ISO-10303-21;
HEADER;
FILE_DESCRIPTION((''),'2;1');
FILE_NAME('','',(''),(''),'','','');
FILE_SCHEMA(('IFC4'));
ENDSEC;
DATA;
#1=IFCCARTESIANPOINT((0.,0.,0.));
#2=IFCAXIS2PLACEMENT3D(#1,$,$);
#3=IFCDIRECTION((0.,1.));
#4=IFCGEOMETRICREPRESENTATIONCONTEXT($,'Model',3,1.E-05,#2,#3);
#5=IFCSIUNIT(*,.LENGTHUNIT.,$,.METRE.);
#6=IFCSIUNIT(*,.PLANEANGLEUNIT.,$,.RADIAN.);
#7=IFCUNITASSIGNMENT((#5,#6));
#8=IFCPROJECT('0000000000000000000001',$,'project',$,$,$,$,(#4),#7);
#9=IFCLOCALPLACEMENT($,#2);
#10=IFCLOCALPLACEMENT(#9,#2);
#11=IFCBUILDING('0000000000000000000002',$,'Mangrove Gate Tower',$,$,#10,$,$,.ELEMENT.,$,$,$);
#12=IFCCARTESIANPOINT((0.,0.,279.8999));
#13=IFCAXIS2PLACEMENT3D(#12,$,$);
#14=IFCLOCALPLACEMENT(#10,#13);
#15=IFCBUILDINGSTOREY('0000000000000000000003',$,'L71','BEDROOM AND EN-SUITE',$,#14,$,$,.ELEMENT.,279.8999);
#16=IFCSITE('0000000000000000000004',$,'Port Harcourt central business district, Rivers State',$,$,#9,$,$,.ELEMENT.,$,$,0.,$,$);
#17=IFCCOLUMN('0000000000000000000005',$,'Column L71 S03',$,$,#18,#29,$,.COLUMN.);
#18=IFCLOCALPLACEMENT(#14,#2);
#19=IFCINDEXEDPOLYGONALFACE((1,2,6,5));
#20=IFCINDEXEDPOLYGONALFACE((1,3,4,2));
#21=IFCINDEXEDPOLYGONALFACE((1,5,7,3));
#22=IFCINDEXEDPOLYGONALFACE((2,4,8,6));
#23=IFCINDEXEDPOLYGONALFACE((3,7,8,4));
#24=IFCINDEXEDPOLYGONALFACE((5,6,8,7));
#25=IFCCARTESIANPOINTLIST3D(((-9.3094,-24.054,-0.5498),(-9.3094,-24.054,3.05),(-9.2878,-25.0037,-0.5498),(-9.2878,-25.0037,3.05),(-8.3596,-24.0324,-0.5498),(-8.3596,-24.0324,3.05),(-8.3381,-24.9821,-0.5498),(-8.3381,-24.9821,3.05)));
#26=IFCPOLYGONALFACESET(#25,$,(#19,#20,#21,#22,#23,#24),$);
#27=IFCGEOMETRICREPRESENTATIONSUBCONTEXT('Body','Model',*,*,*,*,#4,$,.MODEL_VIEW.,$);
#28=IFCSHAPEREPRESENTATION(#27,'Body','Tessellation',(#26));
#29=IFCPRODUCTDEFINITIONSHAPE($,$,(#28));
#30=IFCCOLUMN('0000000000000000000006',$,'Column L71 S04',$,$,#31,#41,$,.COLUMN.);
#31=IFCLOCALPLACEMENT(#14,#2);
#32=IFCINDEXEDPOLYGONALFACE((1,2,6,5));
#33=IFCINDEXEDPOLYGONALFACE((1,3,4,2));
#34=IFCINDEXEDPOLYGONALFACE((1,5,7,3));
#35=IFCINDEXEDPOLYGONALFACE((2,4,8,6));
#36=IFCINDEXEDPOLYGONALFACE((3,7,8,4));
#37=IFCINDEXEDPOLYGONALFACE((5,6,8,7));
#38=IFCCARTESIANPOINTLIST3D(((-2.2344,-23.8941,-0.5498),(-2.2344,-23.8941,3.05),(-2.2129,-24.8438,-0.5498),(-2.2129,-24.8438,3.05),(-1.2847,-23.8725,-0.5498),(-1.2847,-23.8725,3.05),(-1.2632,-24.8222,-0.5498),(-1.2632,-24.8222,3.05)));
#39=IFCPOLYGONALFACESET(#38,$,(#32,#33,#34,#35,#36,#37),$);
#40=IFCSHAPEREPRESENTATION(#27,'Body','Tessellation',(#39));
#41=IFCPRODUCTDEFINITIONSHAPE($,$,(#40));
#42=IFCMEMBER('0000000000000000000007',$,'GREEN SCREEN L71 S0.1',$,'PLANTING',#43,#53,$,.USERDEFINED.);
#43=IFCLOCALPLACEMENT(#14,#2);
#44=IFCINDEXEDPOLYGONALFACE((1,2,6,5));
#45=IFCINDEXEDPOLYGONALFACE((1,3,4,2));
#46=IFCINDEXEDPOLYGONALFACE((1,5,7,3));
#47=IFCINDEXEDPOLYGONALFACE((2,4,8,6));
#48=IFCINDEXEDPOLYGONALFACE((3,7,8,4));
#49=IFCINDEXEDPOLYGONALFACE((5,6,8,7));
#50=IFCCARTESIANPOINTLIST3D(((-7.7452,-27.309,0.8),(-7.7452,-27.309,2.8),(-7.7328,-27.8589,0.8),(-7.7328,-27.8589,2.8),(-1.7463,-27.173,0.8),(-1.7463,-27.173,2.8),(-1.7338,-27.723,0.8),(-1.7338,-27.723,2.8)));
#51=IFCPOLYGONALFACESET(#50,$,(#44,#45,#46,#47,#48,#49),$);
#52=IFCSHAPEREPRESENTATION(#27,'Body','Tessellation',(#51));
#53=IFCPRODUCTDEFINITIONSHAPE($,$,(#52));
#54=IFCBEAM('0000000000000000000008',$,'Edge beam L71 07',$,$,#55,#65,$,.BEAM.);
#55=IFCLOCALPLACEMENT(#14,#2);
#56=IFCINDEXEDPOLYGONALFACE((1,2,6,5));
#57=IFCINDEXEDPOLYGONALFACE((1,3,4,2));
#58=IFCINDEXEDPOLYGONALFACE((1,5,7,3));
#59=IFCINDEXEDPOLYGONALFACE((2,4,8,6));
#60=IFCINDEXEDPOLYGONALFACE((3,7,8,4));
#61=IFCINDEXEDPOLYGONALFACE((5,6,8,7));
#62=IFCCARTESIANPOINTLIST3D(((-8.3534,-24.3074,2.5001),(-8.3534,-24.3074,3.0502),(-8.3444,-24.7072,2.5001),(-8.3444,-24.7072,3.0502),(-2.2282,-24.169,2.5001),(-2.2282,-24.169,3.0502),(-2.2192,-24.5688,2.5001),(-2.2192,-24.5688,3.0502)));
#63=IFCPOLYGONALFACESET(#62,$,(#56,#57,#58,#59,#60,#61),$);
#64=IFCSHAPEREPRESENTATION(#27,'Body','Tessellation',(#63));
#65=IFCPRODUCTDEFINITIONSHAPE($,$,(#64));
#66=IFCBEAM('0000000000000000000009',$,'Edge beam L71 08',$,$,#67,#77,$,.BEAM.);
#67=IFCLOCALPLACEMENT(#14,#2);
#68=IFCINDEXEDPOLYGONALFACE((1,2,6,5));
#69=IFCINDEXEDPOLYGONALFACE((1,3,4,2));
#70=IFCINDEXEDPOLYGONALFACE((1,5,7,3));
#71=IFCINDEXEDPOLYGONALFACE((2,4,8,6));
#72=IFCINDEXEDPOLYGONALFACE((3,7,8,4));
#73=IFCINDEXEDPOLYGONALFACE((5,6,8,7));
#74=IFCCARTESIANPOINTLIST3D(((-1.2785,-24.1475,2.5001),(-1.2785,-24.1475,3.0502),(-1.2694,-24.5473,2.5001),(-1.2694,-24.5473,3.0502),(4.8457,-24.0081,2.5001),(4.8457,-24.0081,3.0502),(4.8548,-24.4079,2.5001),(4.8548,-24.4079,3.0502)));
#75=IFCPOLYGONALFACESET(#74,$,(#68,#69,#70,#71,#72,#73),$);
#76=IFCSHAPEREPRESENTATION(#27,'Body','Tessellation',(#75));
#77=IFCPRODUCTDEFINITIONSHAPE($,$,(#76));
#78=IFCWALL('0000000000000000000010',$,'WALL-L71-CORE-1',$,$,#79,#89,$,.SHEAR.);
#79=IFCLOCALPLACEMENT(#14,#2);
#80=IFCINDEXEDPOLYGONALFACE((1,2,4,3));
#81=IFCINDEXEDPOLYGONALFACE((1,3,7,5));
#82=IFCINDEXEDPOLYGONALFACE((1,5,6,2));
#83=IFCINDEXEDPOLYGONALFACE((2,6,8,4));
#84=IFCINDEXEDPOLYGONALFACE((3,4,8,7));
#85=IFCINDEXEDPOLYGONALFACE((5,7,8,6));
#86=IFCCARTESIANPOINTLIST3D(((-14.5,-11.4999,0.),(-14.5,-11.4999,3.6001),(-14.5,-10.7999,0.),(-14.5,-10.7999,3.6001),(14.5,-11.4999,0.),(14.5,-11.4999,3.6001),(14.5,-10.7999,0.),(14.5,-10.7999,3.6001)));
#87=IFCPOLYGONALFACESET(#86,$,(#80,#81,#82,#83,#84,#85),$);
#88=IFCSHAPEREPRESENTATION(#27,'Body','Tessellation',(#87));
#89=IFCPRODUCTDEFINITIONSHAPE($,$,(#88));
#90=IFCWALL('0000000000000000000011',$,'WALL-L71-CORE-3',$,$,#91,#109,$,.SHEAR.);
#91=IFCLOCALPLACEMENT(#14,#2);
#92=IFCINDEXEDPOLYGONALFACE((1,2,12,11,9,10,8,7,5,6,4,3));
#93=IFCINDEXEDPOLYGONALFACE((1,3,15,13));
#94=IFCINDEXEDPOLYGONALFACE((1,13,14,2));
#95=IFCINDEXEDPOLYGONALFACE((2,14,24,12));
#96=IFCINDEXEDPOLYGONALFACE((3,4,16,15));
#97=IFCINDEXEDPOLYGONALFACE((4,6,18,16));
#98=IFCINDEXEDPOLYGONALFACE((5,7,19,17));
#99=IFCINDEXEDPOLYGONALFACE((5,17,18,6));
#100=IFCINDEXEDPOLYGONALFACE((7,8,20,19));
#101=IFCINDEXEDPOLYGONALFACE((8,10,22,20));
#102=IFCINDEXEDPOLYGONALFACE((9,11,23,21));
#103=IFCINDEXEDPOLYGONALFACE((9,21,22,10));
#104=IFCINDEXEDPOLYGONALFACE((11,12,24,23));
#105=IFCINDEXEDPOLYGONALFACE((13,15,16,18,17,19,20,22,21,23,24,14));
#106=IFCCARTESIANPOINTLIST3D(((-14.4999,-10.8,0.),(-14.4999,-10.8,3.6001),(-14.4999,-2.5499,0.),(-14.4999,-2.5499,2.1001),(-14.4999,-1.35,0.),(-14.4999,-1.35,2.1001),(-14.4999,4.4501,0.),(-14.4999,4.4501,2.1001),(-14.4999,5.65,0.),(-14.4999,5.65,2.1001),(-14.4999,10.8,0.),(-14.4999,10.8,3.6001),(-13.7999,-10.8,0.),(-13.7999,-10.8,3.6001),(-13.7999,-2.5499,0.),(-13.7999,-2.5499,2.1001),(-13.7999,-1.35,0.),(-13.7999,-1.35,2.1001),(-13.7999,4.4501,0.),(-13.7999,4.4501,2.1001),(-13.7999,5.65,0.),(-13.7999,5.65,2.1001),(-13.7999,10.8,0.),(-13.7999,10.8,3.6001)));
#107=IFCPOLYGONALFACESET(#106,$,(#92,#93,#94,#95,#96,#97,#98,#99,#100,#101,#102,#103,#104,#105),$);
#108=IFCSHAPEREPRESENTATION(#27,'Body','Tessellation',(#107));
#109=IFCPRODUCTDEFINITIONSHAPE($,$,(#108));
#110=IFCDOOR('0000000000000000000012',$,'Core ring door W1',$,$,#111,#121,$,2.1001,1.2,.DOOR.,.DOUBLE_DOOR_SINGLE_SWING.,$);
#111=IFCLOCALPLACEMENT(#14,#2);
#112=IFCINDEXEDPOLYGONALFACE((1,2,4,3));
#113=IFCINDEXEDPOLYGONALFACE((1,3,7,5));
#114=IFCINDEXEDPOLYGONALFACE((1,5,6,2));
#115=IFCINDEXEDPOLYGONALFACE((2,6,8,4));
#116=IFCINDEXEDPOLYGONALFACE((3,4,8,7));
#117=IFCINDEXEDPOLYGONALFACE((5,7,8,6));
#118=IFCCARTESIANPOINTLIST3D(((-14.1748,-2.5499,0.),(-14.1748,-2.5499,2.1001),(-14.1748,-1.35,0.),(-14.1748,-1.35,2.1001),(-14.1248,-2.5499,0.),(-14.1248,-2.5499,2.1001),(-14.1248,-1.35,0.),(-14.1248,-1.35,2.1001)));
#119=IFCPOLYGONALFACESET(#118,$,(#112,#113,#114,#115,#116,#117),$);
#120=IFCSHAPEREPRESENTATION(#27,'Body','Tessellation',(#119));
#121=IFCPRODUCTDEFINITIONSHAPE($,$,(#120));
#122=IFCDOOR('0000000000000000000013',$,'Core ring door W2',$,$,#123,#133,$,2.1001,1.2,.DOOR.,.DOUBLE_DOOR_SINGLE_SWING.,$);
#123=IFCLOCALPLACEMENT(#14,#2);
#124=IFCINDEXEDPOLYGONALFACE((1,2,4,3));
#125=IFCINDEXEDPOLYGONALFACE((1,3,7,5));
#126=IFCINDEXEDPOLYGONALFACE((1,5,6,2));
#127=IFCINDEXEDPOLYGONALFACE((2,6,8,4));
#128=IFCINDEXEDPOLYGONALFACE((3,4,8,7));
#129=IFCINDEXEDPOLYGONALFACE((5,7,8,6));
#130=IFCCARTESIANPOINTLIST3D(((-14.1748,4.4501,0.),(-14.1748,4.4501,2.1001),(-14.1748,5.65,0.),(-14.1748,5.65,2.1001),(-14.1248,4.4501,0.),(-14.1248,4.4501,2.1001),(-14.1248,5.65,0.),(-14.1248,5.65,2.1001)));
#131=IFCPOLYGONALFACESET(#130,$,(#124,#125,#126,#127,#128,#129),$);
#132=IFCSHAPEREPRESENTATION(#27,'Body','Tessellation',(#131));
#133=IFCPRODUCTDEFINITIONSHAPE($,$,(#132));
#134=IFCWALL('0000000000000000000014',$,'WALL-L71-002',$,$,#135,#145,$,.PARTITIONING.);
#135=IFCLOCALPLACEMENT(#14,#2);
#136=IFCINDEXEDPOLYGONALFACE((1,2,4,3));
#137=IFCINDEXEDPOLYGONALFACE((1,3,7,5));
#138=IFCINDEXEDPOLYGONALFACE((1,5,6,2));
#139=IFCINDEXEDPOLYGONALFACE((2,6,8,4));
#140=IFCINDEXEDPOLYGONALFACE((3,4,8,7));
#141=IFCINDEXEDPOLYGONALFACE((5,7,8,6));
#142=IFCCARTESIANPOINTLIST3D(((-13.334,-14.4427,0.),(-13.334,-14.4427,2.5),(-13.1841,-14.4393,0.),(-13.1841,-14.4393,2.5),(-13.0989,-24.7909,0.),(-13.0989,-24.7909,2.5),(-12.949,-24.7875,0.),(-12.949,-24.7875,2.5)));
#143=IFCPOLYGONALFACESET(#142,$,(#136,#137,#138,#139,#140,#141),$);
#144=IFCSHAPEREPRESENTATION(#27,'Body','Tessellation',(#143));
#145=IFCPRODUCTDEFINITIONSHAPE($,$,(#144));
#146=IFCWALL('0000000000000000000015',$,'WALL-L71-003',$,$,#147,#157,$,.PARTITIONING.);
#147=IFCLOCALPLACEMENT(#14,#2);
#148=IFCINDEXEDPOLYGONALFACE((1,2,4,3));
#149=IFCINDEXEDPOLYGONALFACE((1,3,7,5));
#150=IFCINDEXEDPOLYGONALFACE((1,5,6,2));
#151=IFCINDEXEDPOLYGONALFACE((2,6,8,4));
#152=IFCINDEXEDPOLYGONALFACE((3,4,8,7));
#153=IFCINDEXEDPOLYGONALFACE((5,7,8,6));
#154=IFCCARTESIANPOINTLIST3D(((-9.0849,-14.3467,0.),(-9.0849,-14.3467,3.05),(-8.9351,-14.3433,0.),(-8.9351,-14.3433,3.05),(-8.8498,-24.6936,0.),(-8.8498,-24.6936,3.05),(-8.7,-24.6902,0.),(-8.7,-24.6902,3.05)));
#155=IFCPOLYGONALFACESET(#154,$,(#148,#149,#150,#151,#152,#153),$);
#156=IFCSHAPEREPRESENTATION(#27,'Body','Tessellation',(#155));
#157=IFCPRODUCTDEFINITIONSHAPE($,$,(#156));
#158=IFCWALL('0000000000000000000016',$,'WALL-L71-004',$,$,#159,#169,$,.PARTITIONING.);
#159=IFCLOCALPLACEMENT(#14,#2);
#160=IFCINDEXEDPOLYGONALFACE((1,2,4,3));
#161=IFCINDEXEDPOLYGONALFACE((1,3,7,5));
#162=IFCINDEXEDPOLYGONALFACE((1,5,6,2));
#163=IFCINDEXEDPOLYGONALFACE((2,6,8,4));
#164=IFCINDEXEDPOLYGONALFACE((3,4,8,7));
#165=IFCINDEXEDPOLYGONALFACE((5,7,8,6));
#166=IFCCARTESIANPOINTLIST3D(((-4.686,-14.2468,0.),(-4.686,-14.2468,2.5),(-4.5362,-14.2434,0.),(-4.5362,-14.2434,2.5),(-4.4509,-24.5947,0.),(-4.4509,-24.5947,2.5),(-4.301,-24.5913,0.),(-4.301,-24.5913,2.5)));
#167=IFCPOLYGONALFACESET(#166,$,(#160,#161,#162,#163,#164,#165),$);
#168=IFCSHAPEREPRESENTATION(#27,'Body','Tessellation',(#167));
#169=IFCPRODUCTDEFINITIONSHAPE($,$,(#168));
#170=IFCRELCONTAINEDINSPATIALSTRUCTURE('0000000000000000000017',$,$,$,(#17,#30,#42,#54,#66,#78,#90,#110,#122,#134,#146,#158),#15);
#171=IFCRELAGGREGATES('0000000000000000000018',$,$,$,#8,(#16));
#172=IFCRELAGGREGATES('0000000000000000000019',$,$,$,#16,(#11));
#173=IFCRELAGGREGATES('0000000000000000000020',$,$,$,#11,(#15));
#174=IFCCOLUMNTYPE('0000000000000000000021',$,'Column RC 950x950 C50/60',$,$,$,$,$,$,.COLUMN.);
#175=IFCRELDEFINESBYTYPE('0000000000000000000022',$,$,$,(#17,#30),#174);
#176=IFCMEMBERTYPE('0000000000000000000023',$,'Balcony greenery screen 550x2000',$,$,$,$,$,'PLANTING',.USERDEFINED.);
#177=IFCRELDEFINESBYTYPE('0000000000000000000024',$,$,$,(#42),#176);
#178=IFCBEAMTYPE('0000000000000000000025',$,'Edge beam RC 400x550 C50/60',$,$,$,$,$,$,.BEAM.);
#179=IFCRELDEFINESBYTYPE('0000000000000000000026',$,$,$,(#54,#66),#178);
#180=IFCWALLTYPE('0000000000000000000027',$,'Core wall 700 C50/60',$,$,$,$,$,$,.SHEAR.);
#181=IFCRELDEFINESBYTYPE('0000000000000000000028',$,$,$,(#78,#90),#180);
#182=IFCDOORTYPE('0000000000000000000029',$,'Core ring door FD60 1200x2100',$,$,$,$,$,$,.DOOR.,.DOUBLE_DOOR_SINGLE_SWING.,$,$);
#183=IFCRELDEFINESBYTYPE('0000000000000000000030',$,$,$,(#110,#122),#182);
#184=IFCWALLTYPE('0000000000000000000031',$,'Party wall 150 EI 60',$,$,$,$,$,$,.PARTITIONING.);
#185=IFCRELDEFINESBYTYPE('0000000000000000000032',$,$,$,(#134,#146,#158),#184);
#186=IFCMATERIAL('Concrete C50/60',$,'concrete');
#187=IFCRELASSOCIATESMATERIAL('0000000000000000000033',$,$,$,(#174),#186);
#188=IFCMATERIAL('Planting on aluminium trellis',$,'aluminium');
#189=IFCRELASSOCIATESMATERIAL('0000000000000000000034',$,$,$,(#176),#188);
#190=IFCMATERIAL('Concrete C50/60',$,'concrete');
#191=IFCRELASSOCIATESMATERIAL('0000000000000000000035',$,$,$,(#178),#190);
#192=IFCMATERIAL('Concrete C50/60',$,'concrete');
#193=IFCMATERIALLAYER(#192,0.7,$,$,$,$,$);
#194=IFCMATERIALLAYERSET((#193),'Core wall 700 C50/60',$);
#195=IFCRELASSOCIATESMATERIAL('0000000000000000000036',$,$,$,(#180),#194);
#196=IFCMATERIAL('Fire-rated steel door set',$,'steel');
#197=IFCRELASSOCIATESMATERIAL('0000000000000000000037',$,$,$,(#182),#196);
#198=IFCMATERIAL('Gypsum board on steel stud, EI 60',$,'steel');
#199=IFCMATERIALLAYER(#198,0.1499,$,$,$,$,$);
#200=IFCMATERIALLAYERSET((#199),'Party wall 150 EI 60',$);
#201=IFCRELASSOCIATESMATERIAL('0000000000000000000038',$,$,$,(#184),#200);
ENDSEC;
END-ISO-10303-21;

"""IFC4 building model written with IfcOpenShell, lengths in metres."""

from ifc_helpers import new_model, si_unit, direction, frame, frame_2d, origin, origin_2d, place, context, subcontext, project, spatial, rectangle, extrude, material, layer, layer_set, material_profile, profile_set, type_object, element, fill, save


model = new_model("IFC4")

# Units and contexts
model_context = context("Model", 3, precision=1e-05, world=origin(), true_north=direction((0.0, 1.0)))
body_context = subcontext(model_context, "Body", "Model", "MODEL_VIEW")
ifc_project = project(units=[si_unit("LENGTHUNIT", "METRE"), si_unit("PLANEANGLEUNIT", "RADIAN")], contexts=[model_context])

# Site, building, storey
site_placement = place(None, origin())
site = spatial("IfcSite", under=ifc_project, at=site_placement, Name="Port Harcourt central business district, Rivers State", CompositionType="ELEMENT", RefElevation=0.0)
building_placement = place(site_placement, origin())
building = spatial("IfcBuilding", under=site, at=building_placement, Name="Mangrove Gate Tower", CompositionType="ELEMENT")
storey_placement = place(building_placement, frame((0.0, 0.0, 279.8999)))
storey = spatial("IfcBuildingStorey", under=building, at=storey_placement, Name="L71", Description="BEDROOM AND EN-SUITE", CompositionType="ELEMENT", Elevation=279.8999)

# Columns
ifc_material_1 = material(Name="Concrete C50/60", Category="concrete")
ifc_material_profile_1 = material_profile(ifc_material_1, rectangle(XDim=0.95, YDim=0.95, at=origin_2d()))
ifc_profile_set_1 = profile_set([ifc_material_profile_1], Name="Concrete C50/60")
column_type = type_object("IfcColumnType", Name="Column RC 950x950 C50/60", PredefinedType="COLUMN", material=ifc_profile_set_1)
for number, where, z_axis, x_axis, name in (
    (1, (-8.8237, -24.5181, -0.5498), (0.0, 0.0, 1.0), (0.999743, 0.02268, 0.0), "Column L71 S03"),
    (2, (-1.7488, -24.3582, -0.5498), (0.0, 0.0, 1.0), (0.999743, 0.022681, 0.0), "Column L71 S04"),
):
    element("IfcColumn", number, at=place(storey_placement, frame(where, z_axis=z_axis, x_axis=x_axis)), inside=storey, type_object=column_type, Name=name, PredefinedType="COLUMN", context=body_context, shape_type="SweptSolid", body=[
        extrude(rectangle(XDim=0.95, YDim=0.95, at=origin_2d()), origin(), (0.0, 0.0, 1.0), 3.5999),
    ])

# Member
ifc_material_2 = material(Name="Planting on aluminium trellis", Category="aluminium")
ifc_material_profile_2 = material_profile(ifc_material_2, rectangle(XDim=0.55, YDim=2.0, at=origin_2d()))
ifc_profile_set_2 = profile_set([ifc_material_profile_2], Name="Planting on aluminium trellis")
member_type = type_object("IfcMemberType", Name="Balcony greenery screen 550x2000", ElementType="PLANTING", PredefinedType="USERDEFINED", material=ifc_profile_set_2)
member_placement = place(storey_placement, frame((-7.739, -27.584, 1.8), z_axis=(0.999743, 0.022662, 0.0), x_axis=(-0.022662, 0.999743, 0.0)))
element("IfcMember", 3, at=member_placement, inside=storey, type_object=member_type, Name="GREEN SCREEN L71 S0.1", ObjectType="PLANTING", PredefinedType="USERDEFINED", context=body_context, shape_type="SweptSolid", body=[
    extrude(rectangle(XDim=0.55, YDim=2.0, at=origin_2d()), origin(), (0.0, 0.0, 1.0), 6.0005),
])

# Beams
ifc_material_3 = material(Name="Concrete C50/60", Category="concrete")
ifc_material_profile_3 = material_profile(ifc_material_3, rectangle(XDim=0.3999, YDim=0.55, at=origin_2d()))
ifc_profile_set_3 = profile_set([ifc_material_profile_3], Name="Concrete C50/60")
beam_type = type_object("IfcBeamType", Name="Edge beam RC 400x550 C50/60", PredefinedType="BEAM", material=ifc_profile_set_3)
beam_1_placement = place(storey_placement, frame((-8.3489, -24.5073, 2.7751), z_axis=(0.999745, 0.022594, 0.0), x_axis=(-0.022594, 0.999745, 0.0)))
element("IfcBeam", 4, at=beam_1_placement, inside=storey, type_object=beam_type, Name="Edge beam L71 07", PredefinedType="BEAM", context=body_context, shape_type="SweptSolid", body=[
    extrude(rectangle(XDim=0.3999, YDim=0.55, at=origin_2d()), origin(), (0.0, 0.0, 1.0), 6.1267),
])
beam_2_placement = place(storey_placement, frame((-1.2739, -24.3474, 2.7751), z_axis=(0.999741, 0.022757, 0.0), x_axis=(-0.022757, 0.999741, 0.0)))
element("IfcBeam", 5, at=beam_2_placement, inside=storey, type_object=beam_type, Name="Edge beam L71 08", PredefinedType="BEAM", context=body_context, shape_type="SweptSolid", body=[
    extrude(rectangle(XDim=0.3999, YDim=0.55, at=origin_2d()), origin(), (0.0, 0.0, 1.0), 6.1257),
])

# Wall
ifc_material_4 = material(Name="Concrete C50/60", Category="concrete")
ifc_layer_1 = layer(ifc_material_4, 0.7)
ifc_layer_set_1 = layer_set([ifc_layer_1], Name="Core wall 700 C50/60")
wall_type_1 = type_object("IfcWallType", Name="Core wall 700 C50/60", PredefinedType="SHEAR", material=ifc_layer_set_1)
wall_1_placement = place(storey_placement, frame((-14.5, -11.1499, 0.0), z_axis=(0.0, 0.0, 1.0), x_axis=(1.0, 0.0, 0.0)))
element("IfcWall", 6, at=wall_1_placement, inside=storey, type_object=wall_type_1, Name="WALL-L71-CORE-1", PredefinedType="SHEAR", context=body_context, shape_type="SweptSolid", body=[
    extrude(rectangle(XDim=29.0, YDim=0.7, at=frame_2d((14.5, 0.0))), origin(), (0.0, 0.0, 1.0), 3.6001),
])

# Wall, openings, doors
wall_2_placement = place(storey_placement, frame((-14.1499, -10.8, 0.0), z_axis=(0.0, 0.0, 1.0), x_axis=(0.0, 1.0, 0.0)))
wall_2 = element("IfcWall", 7, at=wall_2_placement, inside=storey, type_object=wall_type_1, Name="WALL-L71-CORE-3", PredefinedType="SHEAR", context=body_context, shape_type="SweptSolid", body=[
    extrude(rectangle(XDim=21.6001, YDim=0.7, at=frame_2d((10.8, 0.0))), origin(), (0.0, 0.0, 1.0), 3.6001),
])
opening_1_placement = place(wall_2_placement, frame((8.25, 0.0, 0.0)))
opening_1 = element("IfcOpeningElement", 8, at=opening_1_placement, cuts=wall_2, PredefinedType="OPENING", context=body_context, shape_type="SweptSolid", body=[
    extrude(rectangle(XDim=1.2, YDim=2.1001, at=frame_2d((0.6001, 1.05))), frame((0.0, 0.3599, 0.0), z_axis=(0.0, -1.0, 0.0), x_axis=(1.0, 0.0, 0.0)), (0.0, 0.0, 1.0), 0.72),
])
opening_2_placement = place(wall_2_placement, frame((15.25, 0.0, 0.0)))
opening_2 = element("IfcOpeningElement", 9, at=opening_2_placement, cuts=wall_2, PredefinedType="OPENING", context=body_context, shape_type="SweptSolid", body=[
    extrude(rectangle(XDim=1.2, YDim=2.1001, at=frame_2d((0.6001, 1.05))), frame((0.0, 0.3599, 0.0), z_axis=(0.0, -1.0, 0.0), x_axis=(1.0, 0.0, 0.0)), (0.0, 0.0, 1.0), 0.72),
])
ifc_material_5 = material(Name="Fire-rated steel door set", Category="steel")
door_type_1 = type_object("IfcDoorType", Name="Core ring door FD60 1200x2100", OperationType="DOUBLE_DOOR_SINGLE_SWING", PredefinedType="DOOR", material=ifc_material_5)
door_1_placement = place(opening_1_placement, origin())
door_1 = element("IfcDoor", 10, at=door_1_placement, inside=storey, type_object=door_type_1, Name="Core ring door W1", OperationType="DOUBLE_DOOR_SINGLE_SWING", OverallHeight=2.1001, OverallWidth=1.2, PredefinedType="DOOR", context=body_context, shape_type="SweptSolid", body=[
    extrude(rectangle(XDim=1.2, YDim=2.1001, at=frame_2d((0.6001, 1.05))), frame((0.0, 0.0249, 0.0), z_axis=(0.0, -1.0, 0.0), x_axis=(1.0, 0.0, 0.0)), (0.0, 0.0, 1.0), 0.05),
])
fill(opening_1, door_1)
door_2_placement = place(opening_2_placement, origin())
door_2 = element("IfcDoor", 11, at=door_2_placement, inside=storey, type_object=door_type_1, Name="Core ring door W2", OperationType="DOUBLE_DOOR_SINGLE_SWING", OverallHeight=2.1001, OverallWidth=1.2, PredefinedType="DOOR", context=body_context, shape_type="SweptSolid", body=[
    extrude(rectangle(XDim=1.2, YDim=2.1001, at=frame_2d((0.6001, 1.05))), frame((0.0, 0.0249, 0.0), z_axis=(0.0, -1.0, 0.0), x_axis=(1.0, 0.0, 0.0)), (0.0, 0.0, 1.0), 0.05),
])
fill(opening_2, door_2)

# Walls
ifc_material_6 = material(Name="Gypsum board on steel stud, EI 60", Category="steel")
ifc_layer_2 = layer(ifc_material_6, 0.1499)
ifc_layer_set_2 = layer_set([ifc_layer_2], Name="Party wall 150 EI 60")
wall_type_2 = type_object("IfcWallType", Name="Party wall 150 EI 60", PredefinedType="PARTITIONING", material=ifc_layer_set_2)
wall_3_placement = place(storey_placement, frame((-13.0239, -24.7891, 0.0), z_axis=(0.0, 0.0, 1.0), x_axis=(-0.022714, 0.999742, 0.0)))
element("IfcWall", 12, at=wall_3_placement, inside=storey, type_object=wall_type_2, Name="WALL-L71-002", PredefinedType="PARTITIONING", context=body_context, shape_type="SweptSolid", body=[
    extrude(rectangle(XDim=10.3508, YDim=0.1499, at=frame_2d((5.1753, 0.0))), origin(), (0.0, 0.0, 1.0), 2.5),
])
wall_4_placement = place(storey_placement, frame((-8.7749, -24.6919, 0.0), z_axis=(0.0, 0.0, 1.0), x_axis=(-0.022717, 0.999742, 0.0)))
element("IfcWall", 13, at=wall_4_placement, inside=storey, type_object=wall_type_2, Name="WALL-L71-003", PredefinedType="PARTITIONING", context=body_context, shape_type="SweptSolid", body=[
    extrude(rectangle(XDim=10.3496, YDim=0.1499, at=frame_2d((5.1748, 0.0))), origin(), (0.0, 0.0, 1.0), 3.05),
])
wall_5_placement = place(storey_placement, frame((-4.376, -24.593, 0.0), z_axis=(0.0, 0.0, 1.0), x_axis=(-0.022714, 0.999742, 0.0)))
element("IfcWall", 14, at=wall_5_placement, inside=storey, type_object=wall_type_2, Name="WALL-L71-004", PredefinedType="PARTITIONING", context=body_context, shape_type="SweptSolid", body=[
    extrude(rectangle(XDim=10.3506, YDim=0.1499, at=frame_2d((5.1753, 0.0))), origin(), (0.0, 0.0, 1.0), 2.5),
])

save(model, "model.ifc")
